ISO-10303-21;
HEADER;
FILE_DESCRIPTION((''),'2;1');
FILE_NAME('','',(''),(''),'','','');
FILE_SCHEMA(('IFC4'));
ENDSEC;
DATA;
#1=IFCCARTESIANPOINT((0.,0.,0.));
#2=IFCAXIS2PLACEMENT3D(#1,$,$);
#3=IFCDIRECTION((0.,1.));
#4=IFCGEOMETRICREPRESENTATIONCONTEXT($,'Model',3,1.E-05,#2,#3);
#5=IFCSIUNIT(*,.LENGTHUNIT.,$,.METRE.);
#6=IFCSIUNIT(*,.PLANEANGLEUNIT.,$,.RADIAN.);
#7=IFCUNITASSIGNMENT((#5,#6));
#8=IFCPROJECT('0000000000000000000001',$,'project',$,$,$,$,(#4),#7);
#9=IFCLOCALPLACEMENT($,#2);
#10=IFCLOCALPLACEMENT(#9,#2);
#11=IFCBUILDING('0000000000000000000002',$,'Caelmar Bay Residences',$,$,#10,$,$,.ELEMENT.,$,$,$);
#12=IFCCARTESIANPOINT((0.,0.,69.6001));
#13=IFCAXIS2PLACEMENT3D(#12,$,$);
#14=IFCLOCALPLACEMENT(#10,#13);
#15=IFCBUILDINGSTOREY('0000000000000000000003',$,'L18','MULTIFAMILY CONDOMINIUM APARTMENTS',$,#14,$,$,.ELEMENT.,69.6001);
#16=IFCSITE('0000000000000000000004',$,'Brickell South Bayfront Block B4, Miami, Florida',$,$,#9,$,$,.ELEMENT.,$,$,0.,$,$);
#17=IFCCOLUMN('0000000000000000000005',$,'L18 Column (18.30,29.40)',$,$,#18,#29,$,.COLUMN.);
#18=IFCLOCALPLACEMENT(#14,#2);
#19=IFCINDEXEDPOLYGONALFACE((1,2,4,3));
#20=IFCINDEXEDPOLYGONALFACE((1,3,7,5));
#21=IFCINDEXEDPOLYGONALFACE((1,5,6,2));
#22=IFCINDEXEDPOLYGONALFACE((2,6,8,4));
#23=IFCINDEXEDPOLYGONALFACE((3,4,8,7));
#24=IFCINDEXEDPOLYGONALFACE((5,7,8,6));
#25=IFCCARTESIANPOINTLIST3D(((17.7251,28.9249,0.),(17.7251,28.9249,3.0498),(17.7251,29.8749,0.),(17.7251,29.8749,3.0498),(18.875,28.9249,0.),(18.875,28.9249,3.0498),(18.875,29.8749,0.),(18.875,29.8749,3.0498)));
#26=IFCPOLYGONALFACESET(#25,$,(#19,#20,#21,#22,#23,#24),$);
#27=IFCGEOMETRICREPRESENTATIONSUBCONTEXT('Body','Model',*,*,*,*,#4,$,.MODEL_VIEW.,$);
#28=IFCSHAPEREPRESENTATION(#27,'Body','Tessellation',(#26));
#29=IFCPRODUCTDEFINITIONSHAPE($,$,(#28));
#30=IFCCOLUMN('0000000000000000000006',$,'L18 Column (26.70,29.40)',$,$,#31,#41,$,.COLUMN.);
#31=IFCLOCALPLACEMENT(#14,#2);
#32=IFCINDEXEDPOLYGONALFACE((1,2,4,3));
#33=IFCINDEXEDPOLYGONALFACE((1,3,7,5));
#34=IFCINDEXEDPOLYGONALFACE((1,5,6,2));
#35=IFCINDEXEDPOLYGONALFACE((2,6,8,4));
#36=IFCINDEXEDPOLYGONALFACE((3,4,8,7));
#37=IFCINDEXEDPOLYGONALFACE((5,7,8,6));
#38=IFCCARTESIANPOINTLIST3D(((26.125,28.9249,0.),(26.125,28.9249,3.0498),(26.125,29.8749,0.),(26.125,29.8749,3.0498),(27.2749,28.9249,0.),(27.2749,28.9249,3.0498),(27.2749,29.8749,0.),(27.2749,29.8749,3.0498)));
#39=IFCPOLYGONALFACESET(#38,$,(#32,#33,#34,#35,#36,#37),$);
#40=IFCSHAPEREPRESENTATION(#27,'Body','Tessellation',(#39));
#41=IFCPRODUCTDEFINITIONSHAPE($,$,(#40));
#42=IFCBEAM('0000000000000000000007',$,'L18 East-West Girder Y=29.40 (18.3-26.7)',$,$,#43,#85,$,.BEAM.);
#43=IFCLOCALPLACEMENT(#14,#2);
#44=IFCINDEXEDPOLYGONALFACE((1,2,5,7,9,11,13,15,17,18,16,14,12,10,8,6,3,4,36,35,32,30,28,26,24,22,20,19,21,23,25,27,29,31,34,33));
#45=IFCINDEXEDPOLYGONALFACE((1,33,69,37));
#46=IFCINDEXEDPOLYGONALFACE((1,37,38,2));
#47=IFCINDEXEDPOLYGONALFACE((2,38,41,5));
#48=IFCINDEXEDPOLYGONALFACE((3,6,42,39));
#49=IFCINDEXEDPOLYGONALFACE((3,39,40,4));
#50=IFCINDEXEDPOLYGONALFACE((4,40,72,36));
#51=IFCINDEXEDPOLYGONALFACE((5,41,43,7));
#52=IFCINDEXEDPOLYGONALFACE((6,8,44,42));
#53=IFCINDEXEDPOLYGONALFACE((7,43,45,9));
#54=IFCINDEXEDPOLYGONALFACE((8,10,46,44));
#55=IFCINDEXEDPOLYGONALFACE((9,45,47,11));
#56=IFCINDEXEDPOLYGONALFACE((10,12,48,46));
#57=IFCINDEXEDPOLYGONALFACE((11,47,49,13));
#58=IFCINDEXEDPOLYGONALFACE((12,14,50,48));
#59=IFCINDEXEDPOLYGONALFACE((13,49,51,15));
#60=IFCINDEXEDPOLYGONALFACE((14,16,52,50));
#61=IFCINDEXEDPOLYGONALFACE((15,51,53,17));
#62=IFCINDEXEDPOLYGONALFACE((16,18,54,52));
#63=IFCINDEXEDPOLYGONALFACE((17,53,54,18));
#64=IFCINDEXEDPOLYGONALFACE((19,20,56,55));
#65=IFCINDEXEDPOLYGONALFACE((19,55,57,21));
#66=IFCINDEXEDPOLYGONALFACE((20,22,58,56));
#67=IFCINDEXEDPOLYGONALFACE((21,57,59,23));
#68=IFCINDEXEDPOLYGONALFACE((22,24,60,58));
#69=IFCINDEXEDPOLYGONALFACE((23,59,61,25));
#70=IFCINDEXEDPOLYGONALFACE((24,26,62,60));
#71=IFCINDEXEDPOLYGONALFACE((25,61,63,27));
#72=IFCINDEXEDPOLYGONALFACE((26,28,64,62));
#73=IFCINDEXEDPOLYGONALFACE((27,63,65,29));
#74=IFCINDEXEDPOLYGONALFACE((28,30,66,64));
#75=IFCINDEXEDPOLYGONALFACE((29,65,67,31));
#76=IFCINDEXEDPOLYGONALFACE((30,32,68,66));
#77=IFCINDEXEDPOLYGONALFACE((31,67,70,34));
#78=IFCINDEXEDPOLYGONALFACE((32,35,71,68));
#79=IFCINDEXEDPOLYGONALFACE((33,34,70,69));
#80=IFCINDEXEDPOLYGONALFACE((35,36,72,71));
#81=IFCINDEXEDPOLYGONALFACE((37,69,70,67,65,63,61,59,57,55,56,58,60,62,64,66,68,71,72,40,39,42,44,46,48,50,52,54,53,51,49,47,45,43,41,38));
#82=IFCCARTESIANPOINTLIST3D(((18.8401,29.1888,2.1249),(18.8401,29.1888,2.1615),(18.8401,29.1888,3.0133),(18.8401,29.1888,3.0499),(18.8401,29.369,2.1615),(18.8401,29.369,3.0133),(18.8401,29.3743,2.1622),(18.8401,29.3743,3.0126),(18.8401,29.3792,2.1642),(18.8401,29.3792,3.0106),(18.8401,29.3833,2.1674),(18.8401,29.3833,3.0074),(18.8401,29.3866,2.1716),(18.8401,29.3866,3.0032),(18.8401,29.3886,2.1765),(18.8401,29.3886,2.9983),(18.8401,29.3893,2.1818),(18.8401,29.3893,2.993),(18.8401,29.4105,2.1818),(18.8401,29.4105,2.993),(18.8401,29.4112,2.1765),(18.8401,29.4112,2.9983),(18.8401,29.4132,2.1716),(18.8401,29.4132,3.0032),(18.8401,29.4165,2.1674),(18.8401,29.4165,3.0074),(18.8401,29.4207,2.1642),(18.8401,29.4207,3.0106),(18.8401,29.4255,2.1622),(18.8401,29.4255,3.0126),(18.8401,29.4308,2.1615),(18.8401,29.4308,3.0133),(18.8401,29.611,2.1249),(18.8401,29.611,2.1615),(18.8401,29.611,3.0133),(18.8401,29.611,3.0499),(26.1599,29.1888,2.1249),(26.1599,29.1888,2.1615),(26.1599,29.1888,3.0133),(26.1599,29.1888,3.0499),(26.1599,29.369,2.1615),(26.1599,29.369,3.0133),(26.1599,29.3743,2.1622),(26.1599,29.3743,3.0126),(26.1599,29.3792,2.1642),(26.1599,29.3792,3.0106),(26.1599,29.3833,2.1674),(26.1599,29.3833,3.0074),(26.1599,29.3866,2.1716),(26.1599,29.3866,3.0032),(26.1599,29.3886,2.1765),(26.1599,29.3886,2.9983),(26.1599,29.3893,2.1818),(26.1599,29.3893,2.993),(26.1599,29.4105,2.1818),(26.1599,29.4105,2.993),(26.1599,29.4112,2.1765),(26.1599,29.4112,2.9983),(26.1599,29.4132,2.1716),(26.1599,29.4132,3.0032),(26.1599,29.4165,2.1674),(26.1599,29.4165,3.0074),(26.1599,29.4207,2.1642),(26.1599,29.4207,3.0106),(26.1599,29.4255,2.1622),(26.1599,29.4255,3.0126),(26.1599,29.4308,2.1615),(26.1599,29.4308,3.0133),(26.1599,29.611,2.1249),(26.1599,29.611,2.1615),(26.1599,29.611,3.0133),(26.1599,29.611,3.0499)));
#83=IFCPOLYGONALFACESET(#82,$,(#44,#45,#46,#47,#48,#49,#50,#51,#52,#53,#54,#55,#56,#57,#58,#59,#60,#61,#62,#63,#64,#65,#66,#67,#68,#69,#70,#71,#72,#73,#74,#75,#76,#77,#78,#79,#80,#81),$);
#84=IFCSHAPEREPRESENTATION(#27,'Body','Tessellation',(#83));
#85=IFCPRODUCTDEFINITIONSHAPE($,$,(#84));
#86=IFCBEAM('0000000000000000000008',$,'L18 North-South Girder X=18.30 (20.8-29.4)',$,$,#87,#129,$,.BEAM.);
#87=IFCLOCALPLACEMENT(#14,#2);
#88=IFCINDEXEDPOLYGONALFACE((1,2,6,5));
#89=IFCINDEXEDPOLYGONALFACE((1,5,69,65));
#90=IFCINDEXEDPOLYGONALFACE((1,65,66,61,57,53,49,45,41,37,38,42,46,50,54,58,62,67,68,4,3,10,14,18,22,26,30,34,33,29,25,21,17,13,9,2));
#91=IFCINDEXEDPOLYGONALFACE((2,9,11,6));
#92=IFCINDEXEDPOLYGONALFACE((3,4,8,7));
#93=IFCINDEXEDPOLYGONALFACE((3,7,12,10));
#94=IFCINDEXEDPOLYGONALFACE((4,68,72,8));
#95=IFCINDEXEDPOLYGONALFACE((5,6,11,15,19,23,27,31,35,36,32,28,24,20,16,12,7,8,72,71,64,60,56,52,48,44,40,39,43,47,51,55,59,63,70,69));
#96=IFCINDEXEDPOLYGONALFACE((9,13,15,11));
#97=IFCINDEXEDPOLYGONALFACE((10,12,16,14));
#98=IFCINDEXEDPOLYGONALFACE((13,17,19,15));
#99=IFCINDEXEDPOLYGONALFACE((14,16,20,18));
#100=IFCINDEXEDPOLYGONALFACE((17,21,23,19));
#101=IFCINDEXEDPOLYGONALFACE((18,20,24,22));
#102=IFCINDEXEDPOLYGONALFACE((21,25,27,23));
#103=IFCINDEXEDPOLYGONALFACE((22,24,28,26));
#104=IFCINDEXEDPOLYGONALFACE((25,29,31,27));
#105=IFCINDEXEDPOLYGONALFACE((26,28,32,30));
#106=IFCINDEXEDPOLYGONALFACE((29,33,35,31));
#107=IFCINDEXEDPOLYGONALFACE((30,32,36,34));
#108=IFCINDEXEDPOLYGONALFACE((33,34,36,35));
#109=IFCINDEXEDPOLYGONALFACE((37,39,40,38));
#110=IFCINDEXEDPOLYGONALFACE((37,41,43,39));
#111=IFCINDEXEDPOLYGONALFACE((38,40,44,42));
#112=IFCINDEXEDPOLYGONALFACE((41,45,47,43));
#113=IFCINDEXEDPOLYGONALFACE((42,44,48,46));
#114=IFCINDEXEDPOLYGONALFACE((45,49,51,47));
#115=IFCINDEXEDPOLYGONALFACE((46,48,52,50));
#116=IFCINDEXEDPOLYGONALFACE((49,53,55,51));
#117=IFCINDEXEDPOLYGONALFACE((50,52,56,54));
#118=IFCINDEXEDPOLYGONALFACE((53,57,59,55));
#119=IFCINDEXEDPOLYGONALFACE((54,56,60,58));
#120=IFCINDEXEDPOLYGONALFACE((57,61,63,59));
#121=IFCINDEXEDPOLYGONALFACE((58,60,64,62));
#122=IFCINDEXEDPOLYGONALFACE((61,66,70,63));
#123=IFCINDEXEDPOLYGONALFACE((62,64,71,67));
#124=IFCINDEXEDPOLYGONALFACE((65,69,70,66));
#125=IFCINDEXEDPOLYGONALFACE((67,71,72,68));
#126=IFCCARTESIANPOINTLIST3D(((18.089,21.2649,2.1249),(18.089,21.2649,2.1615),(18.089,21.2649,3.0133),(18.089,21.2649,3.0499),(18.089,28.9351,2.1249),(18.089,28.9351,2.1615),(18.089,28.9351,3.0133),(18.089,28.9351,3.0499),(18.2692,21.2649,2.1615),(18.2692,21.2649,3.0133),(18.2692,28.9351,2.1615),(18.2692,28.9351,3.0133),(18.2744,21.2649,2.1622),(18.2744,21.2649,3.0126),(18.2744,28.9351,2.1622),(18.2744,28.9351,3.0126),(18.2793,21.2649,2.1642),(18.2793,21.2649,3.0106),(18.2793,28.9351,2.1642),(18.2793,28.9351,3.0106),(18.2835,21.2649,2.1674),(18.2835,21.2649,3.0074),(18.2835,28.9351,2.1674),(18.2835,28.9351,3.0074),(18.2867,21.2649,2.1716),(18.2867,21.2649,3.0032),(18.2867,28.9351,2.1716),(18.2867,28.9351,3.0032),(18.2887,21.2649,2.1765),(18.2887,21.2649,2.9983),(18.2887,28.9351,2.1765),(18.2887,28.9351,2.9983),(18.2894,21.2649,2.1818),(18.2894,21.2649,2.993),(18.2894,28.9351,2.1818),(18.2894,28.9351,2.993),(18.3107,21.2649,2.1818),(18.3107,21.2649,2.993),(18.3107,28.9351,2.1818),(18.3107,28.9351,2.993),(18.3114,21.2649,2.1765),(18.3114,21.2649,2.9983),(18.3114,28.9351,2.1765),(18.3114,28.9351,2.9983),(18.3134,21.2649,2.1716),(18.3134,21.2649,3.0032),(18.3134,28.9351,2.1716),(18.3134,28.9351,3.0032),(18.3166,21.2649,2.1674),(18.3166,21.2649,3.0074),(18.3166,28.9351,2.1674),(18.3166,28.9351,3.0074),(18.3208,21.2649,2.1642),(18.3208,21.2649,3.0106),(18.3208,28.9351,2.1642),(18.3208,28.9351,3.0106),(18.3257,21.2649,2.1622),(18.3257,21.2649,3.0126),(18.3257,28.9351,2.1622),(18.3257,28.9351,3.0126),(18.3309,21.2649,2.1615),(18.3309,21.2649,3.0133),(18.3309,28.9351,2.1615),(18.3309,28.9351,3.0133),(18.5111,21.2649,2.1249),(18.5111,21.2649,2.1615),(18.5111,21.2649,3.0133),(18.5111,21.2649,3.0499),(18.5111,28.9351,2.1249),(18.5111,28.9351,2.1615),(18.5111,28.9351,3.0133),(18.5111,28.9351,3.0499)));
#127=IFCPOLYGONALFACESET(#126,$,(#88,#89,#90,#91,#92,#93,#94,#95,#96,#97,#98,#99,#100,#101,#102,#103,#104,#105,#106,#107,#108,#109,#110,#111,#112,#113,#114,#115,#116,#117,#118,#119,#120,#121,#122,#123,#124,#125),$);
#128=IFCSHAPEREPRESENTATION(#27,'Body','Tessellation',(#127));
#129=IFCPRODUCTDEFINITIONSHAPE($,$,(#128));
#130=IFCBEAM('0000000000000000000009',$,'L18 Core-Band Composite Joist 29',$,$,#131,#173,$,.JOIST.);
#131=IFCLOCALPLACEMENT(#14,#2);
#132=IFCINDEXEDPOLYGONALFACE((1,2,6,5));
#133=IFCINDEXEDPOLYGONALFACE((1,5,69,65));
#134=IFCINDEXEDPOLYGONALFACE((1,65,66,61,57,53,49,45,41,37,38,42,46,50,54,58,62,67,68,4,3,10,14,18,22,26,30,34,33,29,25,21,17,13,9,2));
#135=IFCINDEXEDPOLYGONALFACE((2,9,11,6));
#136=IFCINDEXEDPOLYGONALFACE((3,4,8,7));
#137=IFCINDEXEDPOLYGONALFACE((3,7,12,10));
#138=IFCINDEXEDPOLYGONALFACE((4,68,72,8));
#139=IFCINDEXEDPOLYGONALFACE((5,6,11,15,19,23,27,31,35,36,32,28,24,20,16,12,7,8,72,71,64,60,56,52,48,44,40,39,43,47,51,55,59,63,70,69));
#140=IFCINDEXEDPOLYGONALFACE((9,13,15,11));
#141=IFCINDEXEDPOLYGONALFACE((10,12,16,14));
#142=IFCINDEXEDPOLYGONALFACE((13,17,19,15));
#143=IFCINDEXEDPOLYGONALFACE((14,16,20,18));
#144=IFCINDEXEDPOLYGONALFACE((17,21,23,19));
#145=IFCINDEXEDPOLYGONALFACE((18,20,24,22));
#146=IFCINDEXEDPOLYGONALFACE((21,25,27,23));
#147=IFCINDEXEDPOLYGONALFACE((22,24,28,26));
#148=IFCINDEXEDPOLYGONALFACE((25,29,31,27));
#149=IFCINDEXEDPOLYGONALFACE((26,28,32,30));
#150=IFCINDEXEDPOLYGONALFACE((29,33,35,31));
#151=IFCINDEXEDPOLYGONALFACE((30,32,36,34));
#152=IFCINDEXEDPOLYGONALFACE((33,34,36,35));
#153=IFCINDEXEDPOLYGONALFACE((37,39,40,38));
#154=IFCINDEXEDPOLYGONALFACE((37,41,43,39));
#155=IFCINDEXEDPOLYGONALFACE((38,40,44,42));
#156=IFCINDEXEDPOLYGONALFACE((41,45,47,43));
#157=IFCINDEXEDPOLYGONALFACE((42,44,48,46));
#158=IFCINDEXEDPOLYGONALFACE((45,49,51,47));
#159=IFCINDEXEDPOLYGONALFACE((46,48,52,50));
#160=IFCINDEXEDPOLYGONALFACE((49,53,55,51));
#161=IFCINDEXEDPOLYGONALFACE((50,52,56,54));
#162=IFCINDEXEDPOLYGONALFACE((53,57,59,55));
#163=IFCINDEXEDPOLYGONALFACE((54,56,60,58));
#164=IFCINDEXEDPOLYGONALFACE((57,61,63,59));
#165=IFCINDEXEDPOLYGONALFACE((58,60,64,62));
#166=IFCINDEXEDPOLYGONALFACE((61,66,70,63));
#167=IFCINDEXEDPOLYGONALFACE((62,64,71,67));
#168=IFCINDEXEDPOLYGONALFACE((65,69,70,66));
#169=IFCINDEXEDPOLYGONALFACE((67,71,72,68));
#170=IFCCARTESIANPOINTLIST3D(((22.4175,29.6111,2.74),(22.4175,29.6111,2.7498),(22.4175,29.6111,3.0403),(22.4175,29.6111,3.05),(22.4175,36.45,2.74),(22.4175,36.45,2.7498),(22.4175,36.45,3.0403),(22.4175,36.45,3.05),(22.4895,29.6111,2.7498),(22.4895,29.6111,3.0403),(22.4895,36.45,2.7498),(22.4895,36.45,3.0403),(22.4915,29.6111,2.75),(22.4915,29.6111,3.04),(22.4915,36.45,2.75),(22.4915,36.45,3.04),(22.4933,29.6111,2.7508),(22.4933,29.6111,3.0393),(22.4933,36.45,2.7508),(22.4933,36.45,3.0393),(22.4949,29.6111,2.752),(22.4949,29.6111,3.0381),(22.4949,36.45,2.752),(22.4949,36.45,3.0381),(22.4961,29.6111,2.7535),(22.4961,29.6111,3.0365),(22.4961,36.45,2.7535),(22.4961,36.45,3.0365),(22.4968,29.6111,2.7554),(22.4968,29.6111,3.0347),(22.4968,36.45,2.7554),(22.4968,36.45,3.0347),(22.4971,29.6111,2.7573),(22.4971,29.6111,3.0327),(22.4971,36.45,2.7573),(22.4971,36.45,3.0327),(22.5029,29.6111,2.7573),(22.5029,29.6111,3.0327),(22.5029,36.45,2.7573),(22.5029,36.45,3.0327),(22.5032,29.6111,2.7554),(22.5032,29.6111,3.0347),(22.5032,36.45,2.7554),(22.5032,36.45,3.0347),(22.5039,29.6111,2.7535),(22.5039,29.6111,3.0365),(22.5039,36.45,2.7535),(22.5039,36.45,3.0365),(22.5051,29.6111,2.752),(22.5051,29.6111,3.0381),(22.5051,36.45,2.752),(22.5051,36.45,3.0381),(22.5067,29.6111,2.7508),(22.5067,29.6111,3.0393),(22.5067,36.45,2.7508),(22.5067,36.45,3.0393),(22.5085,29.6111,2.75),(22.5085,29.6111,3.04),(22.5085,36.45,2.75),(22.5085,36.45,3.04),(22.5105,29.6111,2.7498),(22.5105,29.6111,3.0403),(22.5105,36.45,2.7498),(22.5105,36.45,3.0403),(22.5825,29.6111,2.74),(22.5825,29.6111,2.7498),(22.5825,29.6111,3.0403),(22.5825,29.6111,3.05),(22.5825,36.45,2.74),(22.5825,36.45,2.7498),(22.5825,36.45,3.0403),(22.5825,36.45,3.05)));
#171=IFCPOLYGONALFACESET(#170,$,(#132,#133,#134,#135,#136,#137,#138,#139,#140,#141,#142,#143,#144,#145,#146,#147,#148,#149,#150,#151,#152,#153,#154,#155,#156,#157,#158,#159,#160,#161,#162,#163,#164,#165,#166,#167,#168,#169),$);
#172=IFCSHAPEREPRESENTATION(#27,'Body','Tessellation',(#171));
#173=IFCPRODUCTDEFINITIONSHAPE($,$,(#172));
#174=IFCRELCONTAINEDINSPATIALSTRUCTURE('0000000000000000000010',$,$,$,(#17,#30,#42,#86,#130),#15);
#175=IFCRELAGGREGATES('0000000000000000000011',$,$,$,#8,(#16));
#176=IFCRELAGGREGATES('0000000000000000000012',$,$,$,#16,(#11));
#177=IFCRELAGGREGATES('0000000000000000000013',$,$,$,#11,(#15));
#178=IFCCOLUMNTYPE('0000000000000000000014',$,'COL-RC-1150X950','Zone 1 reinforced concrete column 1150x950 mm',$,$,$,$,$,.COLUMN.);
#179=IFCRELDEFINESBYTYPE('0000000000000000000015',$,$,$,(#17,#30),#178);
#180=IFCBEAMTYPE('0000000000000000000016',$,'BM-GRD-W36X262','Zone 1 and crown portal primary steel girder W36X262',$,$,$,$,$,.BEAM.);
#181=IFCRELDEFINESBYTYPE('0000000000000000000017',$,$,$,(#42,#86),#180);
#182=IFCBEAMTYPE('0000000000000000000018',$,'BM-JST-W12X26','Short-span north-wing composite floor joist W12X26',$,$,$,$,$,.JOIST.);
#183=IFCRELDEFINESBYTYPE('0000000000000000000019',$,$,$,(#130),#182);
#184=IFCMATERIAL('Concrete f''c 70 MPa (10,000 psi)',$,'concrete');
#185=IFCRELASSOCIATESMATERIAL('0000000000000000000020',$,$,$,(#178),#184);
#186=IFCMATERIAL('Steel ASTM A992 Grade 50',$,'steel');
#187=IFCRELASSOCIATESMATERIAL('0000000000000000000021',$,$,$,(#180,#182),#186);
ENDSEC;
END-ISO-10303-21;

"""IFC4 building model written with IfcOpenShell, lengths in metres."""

from ifc_helpers import new_model, si_unit, direction, frame, origin, origin_2d, place, context, subcontext, project, spatial, rectangle, i_section, extrude, material, material_profile, profile_set, type_object, element, save


model = new_model("IFC4")

# Units and contexts
model_context = context("Model", 3, precision=1e-05, world=origin(), true_north=direction((0.0, 1.0)))
body_context = subcontext(model_context, "Body", "Model", "MODEL_VIEW")
ifc_project = project(units=[si_unit("LENGTHUNIT", "METRE"), si_unit("PLANEANGLEUNIT", "RADIAN")], contexts=[model_context])

# Site, building, storey
site_placement = place(None, origin())
site = spatial("IfcSite", under=ifc_project, at=site_placement, Name="Brickell South Bayfront Block B4, Miami, Florida", CompositionType="ELEMENT", RefElevation=0.0)
building_placement = place(site_placement, origin())
building = spatial("IfcBuilding", under=site, at=building_placement, Name="Caelmar Bay Residences", CompositionType="ELEMENT")
storey_placement = place(building_placement, frame((0.0, 0.0, 69.6001)))
storey = spatial("IfcBuildingStorey", under=building, at=storey_placement, Name="L18", Description="MULTIFAMILY CONDOMINIUM APARTMENTS", CompositionType="ELEMENT", Elevation=69.6001)

# Columns
ifc_material_1 = material(Name="Concrete f'c 70 MPa (10,000 psi)", Category="concrete")
ifc_material_profile_1 = material_profile(ifc_material_1, rectangle(XDim=1.1499, YDim=0.95, at=origin_2d()), Name="RC-COL-1150X950")
ifc_profile_set_1 = profile_set([ifc_material_profile_1], Name="Concrete f'c 70 MPa (10,000 psi)")
column_type = type_object("IfcColumnType", Name="COL-RC-1150X950", Description="Zone 1 reinforced concrete column 1150x950 mm", PredefinedType="COLUMN", material=ifc_profile_set_1)
for number, where, z_axis, x_axis, name in (
    (1, (18.3, 29.3999, 0.0), (0.0, 0.0, 1.0), (1.0, 0.0, 0.0), "L18 Column (18.30,29.40)"),
    (2, (26.7, 29.3999, 0.0), (0.0, 0.0, 1.0), (1.0, 0.0, 0.0), "L18 Column (26.70,29.40)"),
):
    element("IfcColumn", number, at=place(storey_placement, frame(where, z_axis=z_axis, x_axis=x_axis)), inside=storey, type_object=column_type, Name=name, PredefinedType="COLUMN", context=body_context, shape_type="SweptSolid", body=[
        extrude(rectangle(XDim=1.1499, YDim=0.95, at=origin_2d()), origin(), (0.0, 0.0, 1.0), 3.0498),
    ])

# Beams
ifc_material_2 = material(Name="Steel ASTM A992 Grade 50", Category="steel")
ifc_material_profile_2 = material_profile(ifc_material_2, i_section(OverallWidth=0.4221, OverallDepth=0.925, WebThickness=0.0212, FlangeThickness=0.0366, FilletRadius=0.0203, at=origin_2d()), Name="W36X262")
ifc_profile_set_2 = profile_set([ifc_material_profile_2], Name="Steel ASTM A992 Grade 50")
beam_type_1 = type_object("IfcBeamType", Name="BM-GRD-W36X262", Description="Zone 1 and crown portal primary steel girder W36X262", PredefinedType="BEAM", material=ifc_profile_set_2)
beam_1_placement = place(storey_placement, frame((18.8401, 29.3999, 2.5874), z_axis=(1.0, 0.0, 0.0), x_axis=(0.0, 1.0, 0.0)))
element("IfcBeam", 3, at=beam_1_placement, inside=storey, type_object=beam_type_1, Name="L18 East-West Girder Y=29.40 (18.3-26.7)", PredefinedType="BEAM", context=body_context, shape_type="SweptSolid", body=[
    extrude(i_section(OverallWidth=0.4221, OverallDepth=0.925, WebThickness=0.0212, FlangeThickness=0.0366, FilletRadius=0.0203, at=origin_2d()), origin(), (0.0, 0.0, 1.0), 7.3198),
])
beam_2_placement = place(storey_placement, frame((18.3, 21.2649, 2.5874), z_axis=(0.0, 1.0, 0.0), x_axis=(-1.0, 0.0, 0.0)))
element("IfcBeam", 4, at=beam_2_placement, inside=storey, type_object=beam_type_1, Name="L18 North-South Girder X=18.30 (20.8-29.4)", PredefinedType="BEAM", context=body_context, shape_type="SweptSolid", body=[
    extrude(i_section(OverallWidth=0.4221, OverallDepth=0.925, WebThickness=0.0212, FlangeThickness=0.0366, FilletRadius=0.0203, at=origin_2d()), origin(), (0.0, 0.0, 1.0), 7.6702),
])
ifc_material_profile_3 = material_profile(ifc_material_2, i_section(OverallWidth=0.165, OverallDepth=0.3101, WebThickness=0.0059, FlangeThickness=0.0098, FilletRadius=0.0076, at=origin_2d()), Name="W12X26")
ifc_profile_set_3 = profile_set([ifc_material_profile_3], Name="Steel ASTM A992 Grade 50")
beam_type_2 = type_object("IfcBeamType", Name="BM-JST-W12X26", Description="Short-span north-wing composite floor joist W12X26", PredefinedType="JOIST", material=ifc_profile_set_3)
beam_3_placement = place(storey_placement, frame((22.5, 29.6111, 2.895), z_axis=(0.0, 1.0, 0.0), x_axis=(-1.0, 0.0, 0.0)))
element("IfcBeam", 5, at=beam_3_placement, inside=storey, type_object=beam_type_2, Name="L18 Core-Band Composite Joist 29", PredefinedType="JOIST", context=body_context, shape_type="SweptSolid", body=[
    extrude(i_section(OverallWidth=0.165, OverallDepth=0.3101, WebThickness=0.0059, FlangeThickness=0.0098, FilletRadius=0.0076, at=origin_2d()), origin(), (0.0, 0.0, 1.0), 6.8389),
])

save(model, "model.ifc")
